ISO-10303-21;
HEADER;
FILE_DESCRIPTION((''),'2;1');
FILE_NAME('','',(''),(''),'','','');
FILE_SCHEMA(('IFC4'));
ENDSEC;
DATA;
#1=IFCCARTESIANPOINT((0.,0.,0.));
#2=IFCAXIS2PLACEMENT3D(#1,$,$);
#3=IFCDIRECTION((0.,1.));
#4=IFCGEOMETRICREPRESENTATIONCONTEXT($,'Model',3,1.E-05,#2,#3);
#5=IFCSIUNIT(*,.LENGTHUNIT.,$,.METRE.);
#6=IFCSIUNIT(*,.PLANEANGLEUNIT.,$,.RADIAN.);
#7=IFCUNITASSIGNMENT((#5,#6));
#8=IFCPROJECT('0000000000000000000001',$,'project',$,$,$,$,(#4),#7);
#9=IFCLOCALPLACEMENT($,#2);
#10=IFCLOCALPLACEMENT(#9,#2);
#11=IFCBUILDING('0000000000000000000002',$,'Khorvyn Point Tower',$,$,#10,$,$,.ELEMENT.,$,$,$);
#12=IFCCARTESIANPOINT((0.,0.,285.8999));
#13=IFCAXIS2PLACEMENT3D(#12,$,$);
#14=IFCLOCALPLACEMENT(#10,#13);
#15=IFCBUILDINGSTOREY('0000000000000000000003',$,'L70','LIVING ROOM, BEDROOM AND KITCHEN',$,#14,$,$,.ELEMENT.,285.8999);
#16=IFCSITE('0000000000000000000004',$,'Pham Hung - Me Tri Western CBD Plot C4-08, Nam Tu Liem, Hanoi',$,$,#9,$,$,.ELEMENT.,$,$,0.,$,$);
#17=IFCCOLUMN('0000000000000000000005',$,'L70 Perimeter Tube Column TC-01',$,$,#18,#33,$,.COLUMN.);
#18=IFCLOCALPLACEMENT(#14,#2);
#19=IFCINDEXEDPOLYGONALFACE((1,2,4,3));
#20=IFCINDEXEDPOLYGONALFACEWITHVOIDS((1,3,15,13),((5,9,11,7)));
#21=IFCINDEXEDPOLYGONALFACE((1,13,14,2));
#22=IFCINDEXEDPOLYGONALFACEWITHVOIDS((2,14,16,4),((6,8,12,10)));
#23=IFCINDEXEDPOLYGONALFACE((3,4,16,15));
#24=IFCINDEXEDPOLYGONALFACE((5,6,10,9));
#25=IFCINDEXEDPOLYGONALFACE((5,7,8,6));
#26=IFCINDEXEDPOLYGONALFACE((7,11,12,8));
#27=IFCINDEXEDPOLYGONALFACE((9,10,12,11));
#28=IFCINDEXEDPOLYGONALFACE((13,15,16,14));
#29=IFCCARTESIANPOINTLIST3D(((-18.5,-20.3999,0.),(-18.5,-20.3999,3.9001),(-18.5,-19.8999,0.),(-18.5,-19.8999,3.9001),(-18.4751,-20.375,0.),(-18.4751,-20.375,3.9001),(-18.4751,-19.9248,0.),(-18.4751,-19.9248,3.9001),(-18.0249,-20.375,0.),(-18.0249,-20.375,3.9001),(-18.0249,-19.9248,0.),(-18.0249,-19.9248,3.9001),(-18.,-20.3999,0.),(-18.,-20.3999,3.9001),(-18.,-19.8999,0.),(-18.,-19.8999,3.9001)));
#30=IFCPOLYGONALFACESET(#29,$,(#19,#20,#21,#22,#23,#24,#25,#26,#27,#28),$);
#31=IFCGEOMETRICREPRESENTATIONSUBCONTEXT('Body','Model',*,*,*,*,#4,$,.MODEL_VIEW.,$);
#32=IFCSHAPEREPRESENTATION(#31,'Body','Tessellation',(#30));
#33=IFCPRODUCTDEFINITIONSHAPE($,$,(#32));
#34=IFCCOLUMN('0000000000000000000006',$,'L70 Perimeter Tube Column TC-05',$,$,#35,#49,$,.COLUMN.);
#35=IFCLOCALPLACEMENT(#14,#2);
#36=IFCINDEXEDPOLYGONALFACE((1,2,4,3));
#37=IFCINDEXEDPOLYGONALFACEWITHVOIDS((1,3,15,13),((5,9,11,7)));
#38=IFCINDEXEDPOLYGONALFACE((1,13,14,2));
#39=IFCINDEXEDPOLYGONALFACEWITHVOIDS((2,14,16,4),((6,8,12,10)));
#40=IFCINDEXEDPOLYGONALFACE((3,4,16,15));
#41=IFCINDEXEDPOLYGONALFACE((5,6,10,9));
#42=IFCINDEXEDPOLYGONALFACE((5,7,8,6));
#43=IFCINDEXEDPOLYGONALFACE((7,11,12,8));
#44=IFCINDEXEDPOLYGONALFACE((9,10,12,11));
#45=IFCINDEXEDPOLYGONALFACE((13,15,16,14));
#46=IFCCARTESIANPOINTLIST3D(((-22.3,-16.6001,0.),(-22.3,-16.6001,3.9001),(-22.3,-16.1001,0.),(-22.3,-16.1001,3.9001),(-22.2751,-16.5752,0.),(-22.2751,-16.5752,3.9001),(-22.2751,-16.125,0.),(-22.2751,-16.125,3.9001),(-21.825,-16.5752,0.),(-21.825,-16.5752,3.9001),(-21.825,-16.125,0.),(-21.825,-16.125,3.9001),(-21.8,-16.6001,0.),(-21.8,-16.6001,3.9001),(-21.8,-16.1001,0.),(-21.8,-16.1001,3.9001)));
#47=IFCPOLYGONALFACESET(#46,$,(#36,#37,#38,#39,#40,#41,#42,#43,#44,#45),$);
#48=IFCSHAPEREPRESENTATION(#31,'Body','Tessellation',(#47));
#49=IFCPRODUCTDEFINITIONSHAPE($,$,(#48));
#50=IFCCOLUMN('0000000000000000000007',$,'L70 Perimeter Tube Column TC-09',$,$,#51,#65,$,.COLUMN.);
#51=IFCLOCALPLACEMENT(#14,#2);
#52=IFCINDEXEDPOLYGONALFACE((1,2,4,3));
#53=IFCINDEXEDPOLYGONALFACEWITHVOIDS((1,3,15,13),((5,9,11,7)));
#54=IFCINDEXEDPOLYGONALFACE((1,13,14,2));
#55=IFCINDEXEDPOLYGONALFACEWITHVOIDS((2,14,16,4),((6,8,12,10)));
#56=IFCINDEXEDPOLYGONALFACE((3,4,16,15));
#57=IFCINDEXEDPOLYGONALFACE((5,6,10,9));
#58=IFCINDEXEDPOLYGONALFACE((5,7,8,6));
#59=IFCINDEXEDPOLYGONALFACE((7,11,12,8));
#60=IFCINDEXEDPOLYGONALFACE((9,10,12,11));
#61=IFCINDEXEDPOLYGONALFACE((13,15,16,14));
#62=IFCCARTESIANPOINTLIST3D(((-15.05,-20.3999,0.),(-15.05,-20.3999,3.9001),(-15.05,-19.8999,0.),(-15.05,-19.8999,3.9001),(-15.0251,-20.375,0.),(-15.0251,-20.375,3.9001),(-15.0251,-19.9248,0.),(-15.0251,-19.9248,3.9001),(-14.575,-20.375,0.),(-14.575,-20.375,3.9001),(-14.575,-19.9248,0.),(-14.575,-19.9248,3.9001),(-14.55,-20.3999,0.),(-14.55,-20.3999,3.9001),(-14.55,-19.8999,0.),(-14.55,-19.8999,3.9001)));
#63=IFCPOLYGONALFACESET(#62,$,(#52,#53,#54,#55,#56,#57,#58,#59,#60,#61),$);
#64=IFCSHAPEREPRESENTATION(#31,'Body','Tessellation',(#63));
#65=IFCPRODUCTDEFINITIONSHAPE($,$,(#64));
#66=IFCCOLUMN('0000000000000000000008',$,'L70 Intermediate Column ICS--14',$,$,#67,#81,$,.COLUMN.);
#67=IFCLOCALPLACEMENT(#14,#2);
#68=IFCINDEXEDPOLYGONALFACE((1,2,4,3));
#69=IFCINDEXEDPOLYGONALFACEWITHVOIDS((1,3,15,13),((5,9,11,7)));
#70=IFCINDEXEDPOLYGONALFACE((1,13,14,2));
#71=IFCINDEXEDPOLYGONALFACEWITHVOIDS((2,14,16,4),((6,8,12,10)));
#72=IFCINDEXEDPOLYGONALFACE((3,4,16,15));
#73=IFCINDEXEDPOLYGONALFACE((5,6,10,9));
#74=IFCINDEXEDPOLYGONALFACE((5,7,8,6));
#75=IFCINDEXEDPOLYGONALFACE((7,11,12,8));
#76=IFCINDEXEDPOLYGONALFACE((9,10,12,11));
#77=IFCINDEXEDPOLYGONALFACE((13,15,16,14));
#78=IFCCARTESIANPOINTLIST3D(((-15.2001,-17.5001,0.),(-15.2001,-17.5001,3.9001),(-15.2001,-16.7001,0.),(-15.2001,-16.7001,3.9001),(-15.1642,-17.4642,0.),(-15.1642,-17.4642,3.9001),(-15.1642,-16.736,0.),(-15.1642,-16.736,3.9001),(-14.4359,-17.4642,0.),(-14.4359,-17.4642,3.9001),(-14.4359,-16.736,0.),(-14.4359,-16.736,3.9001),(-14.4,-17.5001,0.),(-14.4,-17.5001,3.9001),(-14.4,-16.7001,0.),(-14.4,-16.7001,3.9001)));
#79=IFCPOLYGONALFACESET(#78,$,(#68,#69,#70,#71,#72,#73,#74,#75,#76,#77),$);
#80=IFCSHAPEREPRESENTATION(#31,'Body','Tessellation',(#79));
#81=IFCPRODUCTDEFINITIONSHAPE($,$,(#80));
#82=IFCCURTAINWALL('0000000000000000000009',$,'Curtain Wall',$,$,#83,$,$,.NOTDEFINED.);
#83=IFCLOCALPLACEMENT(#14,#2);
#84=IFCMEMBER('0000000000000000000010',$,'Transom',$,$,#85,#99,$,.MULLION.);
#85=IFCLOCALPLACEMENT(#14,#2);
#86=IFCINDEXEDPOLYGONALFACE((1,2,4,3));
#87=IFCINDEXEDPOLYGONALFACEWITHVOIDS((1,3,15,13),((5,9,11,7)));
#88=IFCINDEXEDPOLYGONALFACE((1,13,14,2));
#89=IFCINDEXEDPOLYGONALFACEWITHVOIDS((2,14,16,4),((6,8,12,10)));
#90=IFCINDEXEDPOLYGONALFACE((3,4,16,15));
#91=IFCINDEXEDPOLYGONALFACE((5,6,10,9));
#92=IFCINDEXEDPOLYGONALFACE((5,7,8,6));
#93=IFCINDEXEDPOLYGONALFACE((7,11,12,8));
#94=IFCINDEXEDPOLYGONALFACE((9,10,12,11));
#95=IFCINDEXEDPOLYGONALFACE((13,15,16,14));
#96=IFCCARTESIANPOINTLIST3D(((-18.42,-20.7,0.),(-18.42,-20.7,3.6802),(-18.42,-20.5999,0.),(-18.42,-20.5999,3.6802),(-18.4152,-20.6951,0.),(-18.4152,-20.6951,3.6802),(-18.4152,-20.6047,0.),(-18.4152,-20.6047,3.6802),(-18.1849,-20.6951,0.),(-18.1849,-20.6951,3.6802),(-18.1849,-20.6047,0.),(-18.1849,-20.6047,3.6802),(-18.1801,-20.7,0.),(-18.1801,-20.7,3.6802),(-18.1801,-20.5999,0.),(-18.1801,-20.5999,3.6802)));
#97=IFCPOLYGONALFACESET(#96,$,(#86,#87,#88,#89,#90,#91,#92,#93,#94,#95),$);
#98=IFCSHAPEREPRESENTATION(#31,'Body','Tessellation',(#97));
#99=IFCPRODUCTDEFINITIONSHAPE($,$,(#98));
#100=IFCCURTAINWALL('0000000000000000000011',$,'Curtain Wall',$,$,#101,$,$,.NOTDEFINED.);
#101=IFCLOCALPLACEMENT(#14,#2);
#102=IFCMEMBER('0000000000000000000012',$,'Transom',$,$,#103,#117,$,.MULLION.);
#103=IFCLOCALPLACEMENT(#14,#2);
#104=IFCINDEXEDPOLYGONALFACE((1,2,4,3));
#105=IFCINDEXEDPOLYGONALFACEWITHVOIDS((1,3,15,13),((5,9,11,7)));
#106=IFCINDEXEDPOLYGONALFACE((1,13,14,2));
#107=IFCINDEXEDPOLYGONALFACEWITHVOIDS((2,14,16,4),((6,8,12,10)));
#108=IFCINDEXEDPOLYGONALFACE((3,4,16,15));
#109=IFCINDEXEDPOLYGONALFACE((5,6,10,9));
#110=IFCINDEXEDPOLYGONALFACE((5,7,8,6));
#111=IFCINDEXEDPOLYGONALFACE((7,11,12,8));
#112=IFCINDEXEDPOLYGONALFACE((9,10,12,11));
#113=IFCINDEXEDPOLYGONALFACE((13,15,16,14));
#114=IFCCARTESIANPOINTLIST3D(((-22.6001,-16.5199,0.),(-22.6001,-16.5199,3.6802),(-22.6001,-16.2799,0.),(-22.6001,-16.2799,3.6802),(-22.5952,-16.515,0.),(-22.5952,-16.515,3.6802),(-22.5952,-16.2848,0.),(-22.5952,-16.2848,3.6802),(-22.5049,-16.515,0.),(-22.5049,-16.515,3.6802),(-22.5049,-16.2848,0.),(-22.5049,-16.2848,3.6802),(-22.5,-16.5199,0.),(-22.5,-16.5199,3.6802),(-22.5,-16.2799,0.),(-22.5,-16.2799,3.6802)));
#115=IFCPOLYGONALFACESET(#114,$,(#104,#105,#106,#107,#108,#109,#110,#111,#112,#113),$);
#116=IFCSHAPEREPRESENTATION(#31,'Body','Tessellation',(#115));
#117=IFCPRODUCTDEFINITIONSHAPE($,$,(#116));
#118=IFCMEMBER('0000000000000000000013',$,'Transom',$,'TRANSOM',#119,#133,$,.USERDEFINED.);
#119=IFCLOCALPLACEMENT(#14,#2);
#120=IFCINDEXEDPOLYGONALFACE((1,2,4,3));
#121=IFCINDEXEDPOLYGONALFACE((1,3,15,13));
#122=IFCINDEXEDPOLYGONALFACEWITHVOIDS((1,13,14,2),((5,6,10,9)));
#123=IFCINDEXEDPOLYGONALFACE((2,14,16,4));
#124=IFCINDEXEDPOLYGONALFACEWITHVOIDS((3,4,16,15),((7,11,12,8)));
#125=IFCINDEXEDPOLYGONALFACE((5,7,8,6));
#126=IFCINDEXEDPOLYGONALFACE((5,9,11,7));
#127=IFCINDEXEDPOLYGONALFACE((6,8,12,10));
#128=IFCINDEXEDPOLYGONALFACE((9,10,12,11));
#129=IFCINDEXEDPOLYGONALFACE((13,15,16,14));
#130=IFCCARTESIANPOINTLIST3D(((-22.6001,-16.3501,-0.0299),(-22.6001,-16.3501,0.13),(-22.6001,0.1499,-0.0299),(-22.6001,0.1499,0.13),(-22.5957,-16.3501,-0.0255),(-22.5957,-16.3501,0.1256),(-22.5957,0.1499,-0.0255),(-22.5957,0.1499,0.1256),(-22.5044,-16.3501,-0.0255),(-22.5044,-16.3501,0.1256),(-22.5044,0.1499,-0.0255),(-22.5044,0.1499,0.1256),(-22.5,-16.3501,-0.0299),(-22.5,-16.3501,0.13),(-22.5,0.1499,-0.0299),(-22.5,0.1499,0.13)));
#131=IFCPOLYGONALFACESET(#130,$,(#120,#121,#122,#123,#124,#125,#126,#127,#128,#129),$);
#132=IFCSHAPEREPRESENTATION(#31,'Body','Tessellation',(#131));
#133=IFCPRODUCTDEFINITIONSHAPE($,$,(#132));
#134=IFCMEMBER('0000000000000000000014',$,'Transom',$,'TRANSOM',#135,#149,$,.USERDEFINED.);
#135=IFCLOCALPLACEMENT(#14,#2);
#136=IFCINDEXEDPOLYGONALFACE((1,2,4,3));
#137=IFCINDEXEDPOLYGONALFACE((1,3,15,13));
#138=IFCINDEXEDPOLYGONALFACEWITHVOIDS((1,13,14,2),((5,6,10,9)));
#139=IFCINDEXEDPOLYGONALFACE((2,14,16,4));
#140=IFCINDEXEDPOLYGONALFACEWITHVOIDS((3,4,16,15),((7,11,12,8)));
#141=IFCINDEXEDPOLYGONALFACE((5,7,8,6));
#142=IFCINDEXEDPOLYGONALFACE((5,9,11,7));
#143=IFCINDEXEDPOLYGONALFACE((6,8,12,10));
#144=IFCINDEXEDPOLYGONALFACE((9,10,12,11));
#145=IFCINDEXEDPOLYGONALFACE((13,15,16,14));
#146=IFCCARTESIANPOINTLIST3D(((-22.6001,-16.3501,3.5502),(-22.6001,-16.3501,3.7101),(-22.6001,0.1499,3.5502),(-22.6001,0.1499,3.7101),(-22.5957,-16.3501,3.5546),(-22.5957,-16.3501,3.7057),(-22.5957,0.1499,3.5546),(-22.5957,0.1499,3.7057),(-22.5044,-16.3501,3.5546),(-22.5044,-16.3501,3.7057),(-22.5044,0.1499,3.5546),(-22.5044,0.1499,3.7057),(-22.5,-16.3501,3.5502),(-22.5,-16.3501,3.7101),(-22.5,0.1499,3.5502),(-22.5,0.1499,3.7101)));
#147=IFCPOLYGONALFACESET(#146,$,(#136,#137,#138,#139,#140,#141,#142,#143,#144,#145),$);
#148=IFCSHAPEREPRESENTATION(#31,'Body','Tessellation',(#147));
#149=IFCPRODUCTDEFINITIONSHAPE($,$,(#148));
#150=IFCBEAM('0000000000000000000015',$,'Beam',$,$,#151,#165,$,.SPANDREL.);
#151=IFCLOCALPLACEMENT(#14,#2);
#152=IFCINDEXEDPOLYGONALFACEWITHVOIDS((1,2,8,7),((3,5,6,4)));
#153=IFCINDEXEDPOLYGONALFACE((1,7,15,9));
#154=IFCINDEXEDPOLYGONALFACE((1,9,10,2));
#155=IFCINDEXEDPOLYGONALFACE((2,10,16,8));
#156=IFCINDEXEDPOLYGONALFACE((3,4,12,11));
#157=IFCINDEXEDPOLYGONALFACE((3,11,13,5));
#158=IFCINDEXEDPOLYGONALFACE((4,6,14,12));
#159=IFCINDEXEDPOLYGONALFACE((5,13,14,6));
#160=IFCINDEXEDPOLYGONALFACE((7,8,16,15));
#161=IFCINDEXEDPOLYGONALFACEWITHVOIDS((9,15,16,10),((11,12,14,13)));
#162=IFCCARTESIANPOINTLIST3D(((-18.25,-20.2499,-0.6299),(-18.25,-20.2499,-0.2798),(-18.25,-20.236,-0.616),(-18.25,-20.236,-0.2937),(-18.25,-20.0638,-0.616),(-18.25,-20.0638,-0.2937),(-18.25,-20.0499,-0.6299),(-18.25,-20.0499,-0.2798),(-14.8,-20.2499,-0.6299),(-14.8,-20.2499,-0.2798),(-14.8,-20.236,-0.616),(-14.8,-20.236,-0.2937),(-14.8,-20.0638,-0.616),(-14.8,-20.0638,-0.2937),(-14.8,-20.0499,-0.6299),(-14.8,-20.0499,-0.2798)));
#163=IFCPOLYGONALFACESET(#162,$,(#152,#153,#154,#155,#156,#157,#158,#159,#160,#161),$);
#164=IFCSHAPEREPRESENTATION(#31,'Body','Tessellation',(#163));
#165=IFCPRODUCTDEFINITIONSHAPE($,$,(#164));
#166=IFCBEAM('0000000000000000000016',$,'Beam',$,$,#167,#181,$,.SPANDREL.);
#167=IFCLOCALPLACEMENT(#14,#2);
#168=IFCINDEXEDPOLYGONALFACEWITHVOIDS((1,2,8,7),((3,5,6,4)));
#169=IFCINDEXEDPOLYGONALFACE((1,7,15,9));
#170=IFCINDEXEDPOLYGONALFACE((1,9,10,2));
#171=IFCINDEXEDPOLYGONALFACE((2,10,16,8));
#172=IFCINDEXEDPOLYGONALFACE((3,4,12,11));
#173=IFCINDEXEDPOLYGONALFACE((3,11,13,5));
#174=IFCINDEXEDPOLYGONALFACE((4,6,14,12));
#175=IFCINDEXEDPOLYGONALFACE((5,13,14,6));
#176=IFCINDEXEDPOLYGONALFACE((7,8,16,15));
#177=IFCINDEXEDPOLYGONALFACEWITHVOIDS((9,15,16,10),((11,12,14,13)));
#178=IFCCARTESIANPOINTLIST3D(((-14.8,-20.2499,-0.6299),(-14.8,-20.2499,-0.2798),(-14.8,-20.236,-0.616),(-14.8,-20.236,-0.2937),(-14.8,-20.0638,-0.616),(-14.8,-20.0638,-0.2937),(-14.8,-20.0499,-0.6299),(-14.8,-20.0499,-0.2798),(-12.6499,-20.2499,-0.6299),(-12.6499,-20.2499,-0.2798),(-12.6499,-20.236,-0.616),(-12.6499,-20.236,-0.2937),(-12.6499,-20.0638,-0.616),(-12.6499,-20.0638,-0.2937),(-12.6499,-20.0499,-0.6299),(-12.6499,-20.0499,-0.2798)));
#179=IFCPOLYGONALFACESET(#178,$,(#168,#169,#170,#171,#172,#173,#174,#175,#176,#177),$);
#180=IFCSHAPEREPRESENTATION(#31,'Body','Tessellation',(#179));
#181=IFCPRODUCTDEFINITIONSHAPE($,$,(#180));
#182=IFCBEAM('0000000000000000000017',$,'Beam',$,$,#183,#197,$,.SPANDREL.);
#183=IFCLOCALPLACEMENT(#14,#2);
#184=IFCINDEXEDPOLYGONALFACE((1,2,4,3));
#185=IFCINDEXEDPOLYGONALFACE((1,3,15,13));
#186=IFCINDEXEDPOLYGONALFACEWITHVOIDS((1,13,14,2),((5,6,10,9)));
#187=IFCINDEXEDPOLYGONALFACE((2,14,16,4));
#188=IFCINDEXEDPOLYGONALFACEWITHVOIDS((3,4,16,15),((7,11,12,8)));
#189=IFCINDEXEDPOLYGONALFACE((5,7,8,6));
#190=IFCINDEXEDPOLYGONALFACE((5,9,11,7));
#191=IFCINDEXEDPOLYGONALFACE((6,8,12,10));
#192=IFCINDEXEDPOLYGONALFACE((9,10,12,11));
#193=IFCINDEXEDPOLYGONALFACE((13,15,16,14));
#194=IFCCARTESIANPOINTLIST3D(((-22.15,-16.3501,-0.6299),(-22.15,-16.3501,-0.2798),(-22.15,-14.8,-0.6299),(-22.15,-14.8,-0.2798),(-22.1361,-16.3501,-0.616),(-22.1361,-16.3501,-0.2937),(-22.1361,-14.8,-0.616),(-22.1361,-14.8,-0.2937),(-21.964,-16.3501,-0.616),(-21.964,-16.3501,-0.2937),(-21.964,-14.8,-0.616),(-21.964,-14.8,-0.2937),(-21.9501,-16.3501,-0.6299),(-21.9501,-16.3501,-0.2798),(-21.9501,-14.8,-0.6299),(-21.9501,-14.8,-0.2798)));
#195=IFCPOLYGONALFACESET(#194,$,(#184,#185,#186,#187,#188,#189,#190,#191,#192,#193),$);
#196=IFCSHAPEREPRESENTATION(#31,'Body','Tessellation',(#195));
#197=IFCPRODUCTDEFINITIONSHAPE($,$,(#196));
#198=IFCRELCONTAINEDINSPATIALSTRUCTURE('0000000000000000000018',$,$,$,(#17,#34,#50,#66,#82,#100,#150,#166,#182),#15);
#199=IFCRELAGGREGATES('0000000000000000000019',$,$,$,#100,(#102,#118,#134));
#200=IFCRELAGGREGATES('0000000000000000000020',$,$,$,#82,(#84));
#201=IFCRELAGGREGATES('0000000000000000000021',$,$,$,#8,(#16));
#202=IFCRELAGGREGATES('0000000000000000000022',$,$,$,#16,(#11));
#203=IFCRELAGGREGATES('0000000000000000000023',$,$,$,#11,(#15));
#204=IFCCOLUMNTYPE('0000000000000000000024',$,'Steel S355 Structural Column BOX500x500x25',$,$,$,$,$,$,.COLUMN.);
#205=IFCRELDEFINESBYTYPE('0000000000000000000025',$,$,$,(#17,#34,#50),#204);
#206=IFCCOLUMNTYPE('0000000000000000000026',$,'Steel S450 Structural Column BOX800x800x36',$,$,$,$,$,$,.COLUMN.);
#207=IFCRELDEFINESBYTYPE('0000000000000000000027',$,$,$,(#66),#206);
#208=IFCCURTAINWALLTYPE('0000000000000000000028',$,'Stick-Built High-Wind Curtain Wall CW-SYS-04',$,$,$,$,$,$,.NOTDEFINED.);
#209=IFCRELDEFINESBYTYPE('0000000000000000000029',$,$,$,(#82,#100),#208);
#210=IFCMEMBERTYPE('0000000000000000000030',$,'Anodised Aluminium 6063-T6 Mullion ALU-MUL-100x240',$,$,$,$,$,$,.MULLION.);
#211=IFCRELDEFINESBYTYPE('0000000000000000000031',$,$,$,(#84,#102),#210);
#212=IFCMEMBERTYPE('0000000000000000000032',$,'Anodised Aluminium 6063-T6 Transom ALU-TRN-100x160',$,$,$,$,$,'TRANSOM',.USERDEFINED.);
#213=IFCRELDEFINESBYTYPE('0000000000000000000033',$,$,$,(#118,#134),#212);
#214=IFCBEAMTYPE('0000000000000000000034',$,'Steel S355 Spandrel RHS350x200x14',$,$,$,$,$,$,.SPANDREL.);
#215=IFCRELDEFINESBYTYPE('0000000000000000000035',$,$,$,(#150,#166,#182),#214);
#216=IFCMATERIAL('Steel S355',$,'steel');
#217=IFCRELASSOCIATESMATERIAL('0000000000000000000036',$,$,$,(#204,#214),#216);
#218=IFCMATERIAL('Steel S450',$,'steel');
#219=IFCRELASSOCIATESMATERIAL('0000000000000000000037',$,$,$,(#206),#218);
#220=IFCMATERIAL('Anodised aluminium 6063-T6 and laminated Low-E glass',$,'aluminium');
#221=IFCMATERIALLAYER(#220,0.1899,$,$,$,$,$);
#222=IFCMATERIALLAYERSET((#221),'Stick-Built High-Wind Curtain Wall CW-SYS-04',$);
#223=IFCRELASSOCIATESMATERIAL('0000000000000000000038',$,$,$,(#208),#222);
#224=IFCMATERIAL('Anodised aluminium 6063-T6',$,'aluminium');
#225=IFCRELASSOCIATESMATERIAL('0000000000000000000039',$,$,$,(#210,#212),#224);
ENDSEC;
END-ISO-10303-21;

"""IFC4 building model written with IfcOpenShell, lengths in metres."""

from ifc_helpers import new_model, si_unit, direction, frame, origin, origin_2d, place, context, subcontext, project, spatial, hollow_rectangle, extrude, material, layer, layer_set, material_profile, profile_set, type_object, element, aggregate, save


model = new_model("IFC4")

# Units and contexts
model_context = context("Model", 3, precision=1e-05, world=origin(), true_north=direction((0.0, 1.0)))
body_context = subcontext(model_context, "Body", "Model", "MODEL_VIEW")
ifc_project = project(units=[si_unit("LENGTHUNIT", "METRE"), si_unit("PLANEANGLEUNIT", "RADIAN")], contexts=[model_context])

# Site, building, storey
site_placement = place(None, origin())
site = spatial("IfcSite", under=ifc_project, at=site_placement, Name="Pham Hung - Me Tri Western CBD Plot C4-08, Nam Tu Liem, Hanoi", CompositionType="ELEMENT", RefElevation=0.0)
building_placement = place(site_placement, origin())
building = spatial("IfcBuilding", under=site, at=building_placement, Name="Khorvyn Point Tower", CompositionType="ELEMENT")
storey_placement = place(building_placement, frame((0.0, 0.0, 285.8999)))
storey = spatial("IfcBuildingStorey", under=building, at=storey_placement, Name="L70", Description="LIVING ROOM, BEDROOM AND KITCHEN", CompositionType="ELEMENT", Elevation=285.8999)

# Columns
ifc_material_1 = material(Name="Steel S355", Category="steel")
ifc_material_profile_1 = material_profile(ifc_material_1, hollow_rectangle(XDim=0.5, YDim=0.5, WallThickness=0.0249, at=origin_2d()))
ifc_profile_set_1 = profile_set([ifc_material_profile_1], Name="Steel S355 BOX500x500x25")
column_type_1 = type_object("IfcColumnType", Name="Steel S355 Structural Column BOX500x500x25", PredefinedType="COLUMN", material=ifc_profile_set_1)
for number, where, z_axis, x_axis, name in (
    (1, (-18.25, -20.1499, 0.0), (0.0, 0.0, 1.0), (1.0, 0.0, 0.0), "L70 Perimeter Tube Column TC-01"),
    (2, (-22.05, -16.3501, 0.0), (0.0, 0.0, 1.0), (1.0, 0.0, 0.0), "L70 Perimeter Tube Column TC-05"),
    (3, (-14.8, -20.1499, 0.0), (0.0, 0.0, 1.0), (1.0, 0.0, 0.0), "L70 Perimeter Tube Column TC-09"),
):
    element("IfcColumn", number, at=place(storey_placement, frame(where, z_axis=z_axis, x_axis=x_axis)), inside=storey, type_object=column_type_1, Name=name, PredefinedType="COLUMN", context=body_context, shape_type="SweptSolid", body=[
        extrude(hollow_rectangle(XDim=0.5, YDim=0.5, WallThickness=0.0249, at=origin_2d()), origin(), (0.0, 0.0, 1.0), 3.9001),
    ])
ifc_material_2 = material(Name="Steel S450", Category="steel")
ifc_material_profile_2 = material_profile(ifc_material_2, hollow_rectangle(XDim=0.8, YDim=0.8, WallThickness=0.0359, at=origin_2d()))
ifc_profile_set_2 = profile_set([ifc_material_profile_2], Name="Steel S450 BOX800x800x36")
column_type_2 = type_object("IfcColumnType", Name="Steel S450 Structural Column BOX800x800x36", PredefinedType="COLUMN", material=ifc_profile_set_2)
column_placement = place(storey_placement, frame((-14.8, -17.1001, 0.0), z_axis=(0.0, 0.0, 1.0), x_axis=(1.0, 0.0, 0.0)))
element("IfcColumn", 4, at=column_placement, inside=storey, type_object=column_type_2, Name="L70 Intermediate Column ICS--14", PredefinedType="COLUMN", context=body_context, shape_type="SweptSolid", body=[
    extrude(hollow_rectangle(XDim=0.8, YDim=0.8, WallThickness=0.0359, at=origin_2d()), origin(), (0.0, 0.0, 1.0), 3.9001),
])

# Curtain wall, member
ifc_material_3 = material(Name="Anodised aluminium 6063-T6 and laminated Low-E glass", Category="aluminium")
ifc_layer_1 = layer(ifc_material_3, 0.1899)
ifc_layer_set_1 = layer_set([ifc_layer_1], Name="Stick-Built High-Wind Curtain Wall CW-SYS-04")
curtain_wall_type = type_object("IfcCurtainWallType", Name="Stick-Built High-Wind Curtain Wall CW-SYS-04", PredefinedType="NOTDEFINED", material=ifc_layer_set_1)
curtain_wall_1_placement = place(storey_placement, origin())
curtain_wall_1 = element("IfcCurtainWall", 5, at=curtain_wall_1_placement, inside=storey, type_object=curtain_wall_type, Name="Curtain Wall", PredefinedType="NOTDEFINED")
ifc_material_4 = material(Name="Anodised aluminium 6063-T6", Category="aluminium")
ifc_material_profile_3 = material_profile(ifc_material_4, hollow_rectangle(XDim=0.1001, YDim=0.24, WallThickness=0.0049, at=origin_2d()))
ifc_profile_set_3 = profile_set([ifc_material_profile_3], Name="Anodised aluminium 6063-T6 ALU-MUL-100x240")
member_type_1 = type_object("IfcMemberType", Name="Anodised Aluminium 6063-T6 Mullion ALU-MUL-100x240", PredefinedType="MULLION", material=ifc_profile_set_3)
member_1_placement = place(storey_placement, frame((-18.3, -20.6499, 0.0), z_axis=(0.0, 0.0, 1.0), x_axis=(0.0, -1.0, 0.0)))
member_1 = element("IfcMember", 6, at=member_1_placement, type_object=member_type_1, Name="Transom", PredefinedType="MULLION", context=body_context, shape_type="SweptSolid", body=[
    extrude(hollow_rectangle(XDim=0.1001, YDim=0.24, WallThickness=0.0049, at=origin_2d()), origin(), (0.0, 0.0, 1.0), 3.6802),
])

# Curtain wall, members
curtain_wall_2_placement = place(storey_placement, origin())
curtain_wall_2 = element("IfcCurtainWall", 7, at=curtain_wall_2_placement, inside=storey, type_object=curtain_wall_type, Name="Curtain Wall", PredefinedType="NOTDEFINED")
member_2_placement = place(storey_placement, frame((-22.55, -16.3999, 0.0), z_axis=(0.0, 0.0, 1.0), x_axis=(-1.0, 0.0, 0.0)))
member_2 = element("IfcMember", 8, at=member_2_placement, type_object=member_type_1, Name="Transom", PredefinedType="MULLION", context=body_context, shape_type="SweptSolid", body=[
    extrude(hollow_rectangle(XDim=0.1001, YDim=0.24, WallThickness=0.0049, at=origin_2d()), origin(), (0.0, 0.0, 1.0), 3.6802),
])
ifc_material_profile_4 = material_profile(ifc_material_4, hollow_rectangle(XDim=0.1001, YDim=0.1599, WallThickness=0.0044, at=origin_2d()))
ifc_profile_set_4 = profile_set([ifc_material_profile_4], Name="Anodised aluminium 6063-T6 ALU-TRN-100x160")
member_type_2 = type_object("IfcMemberType", Name="Anodised Aluminium 6063-T6 Transom ALU-TRN-100x160", ElementType="TRANSOM", PredefinedType="USERDEFINED", material=ifc_profile_set_4)
member_3_placement = place(storey_placement, frame((-22.55, -16.3501, 0.05), z_axis=(0.0, 1.0, 0.0), x_axis=(-1.0, 0.0, 0.0)))
member_3 = element("IfcMember", 9, at=member_3_placement, type_object=member_type_2, Name="Transom", ObjectType="TRANSOM", PredefinedType="USERDEFINED", context=body_context, shape_type="SweptSolid", body=[
    extrude(hollow_rectangle(XDim=0.1001, YDim=0.1599, WallThickness=0.0044, at=origin_2d()), origin(), (0.0, 0.0, 1.0), 16.5),
])
member_4_placement = place(storey_placement, frame((-22.55, -16.3501, 3.6301), z_axis=(0.0, 1.0, 0.0), x_axis=(-1.0, 0.0, 0.0)))
member_4 = element("IfcMember", 10, at=member_4_placement, type_object=member_type_2, Name="Transom", ObjectType="TRANSOM", PredefinedType="USERDEFINED", context=body_context, shape_type="SweptSolid", body=[
    extrude(hollow_rectangle(XDim=0.1001, YDim=0.1599, WallThickness=0.0044, at=origin_2d()), origin(), (0.0, 0.0, 1.0), 16.5),
])
aggregate(curtain_wall_2, [member_2, member_3, member_4])

# Beams
ifc_material_profile_5 = material_profile(ifc_material_1, hollow_rectangle(XDim=0.2, YDim=0.3501, WallThickness=0.0139, at=origin_2d()))
ifc_profile_set_5 = profile_set([ifc_material_profile_5], Name="Steel S355 RHS350x200x14")
beam_type_1 = type_object("IfcBeamType", Name="Steel S355 Spandrel RHS350x200x14", PredefinedType="SPANDREL", material=ifc_profile_set_5)
beam_1_placement = place(storey_placement, frame((-18.25, -20.1499, -0.4548), z_axis=(1.0, 0.0, 0.0), x_axis=(0.0, 1.0, 0.0)))
element("IfcBeam", 11, at=beam_1_placement, inside=storey, type_object=beam_type_1, Name="Beam", PredefinedType="SPANDREL", context=body_context, shape_type="SweptSolid", body=[
    extrude(hollow_rectangle(XDim=0.2, YDim=0.3501, WallThickness=0.0139, at=origin_2d()), origin(), (0.0, 0.0, 1.0), 3.45),
])
beam_2_placement = place(storey_placement, frame((-14.8, -20.1499, -0.4548), z_axis=(1.0, 0.0, 0.0), x_axis=(0.0, 1.0, 0.0)))
element("IfcBeam", 12, at=beam_2_placement, inside=storey, type_object=beam_type_1, Name="Beam", PredefinedType="SPANDREL", context=body_context, shape_type="SweptSolid", body=[
    extrude(hollow_rectangle(XDim=0.2, YDim=0.3501, WallThickness=0.0139, at=origin_2d()), origin(), (0.0, 0.0, 1.0), 2.1501),
])
beam_3_placement = place(storey_placement, frame((-22.05, -16.3501, -0.4548), z_axis=(0.0, 1.0, 0.0), x_axis=(-1.0, 0.0, 0.0)))
element("IfcBeam", 13, at=beam_3_placement, inside=storey, type_object=beam_type_1, Name="Beam", PredefinedType="SPANDREL", context=body_context, shape_type="SweptSolid", body=[
    extrude(hollow_rectangle(XDim=0.2, YDim=0.3501, WallThickness=0.0139, at=origin_2d()), origin(), (0.0, 0.0, 1.0), 1.55),
])

aggregate(curtain_wall_1, [member_1])

save(model, "model.ifc")
